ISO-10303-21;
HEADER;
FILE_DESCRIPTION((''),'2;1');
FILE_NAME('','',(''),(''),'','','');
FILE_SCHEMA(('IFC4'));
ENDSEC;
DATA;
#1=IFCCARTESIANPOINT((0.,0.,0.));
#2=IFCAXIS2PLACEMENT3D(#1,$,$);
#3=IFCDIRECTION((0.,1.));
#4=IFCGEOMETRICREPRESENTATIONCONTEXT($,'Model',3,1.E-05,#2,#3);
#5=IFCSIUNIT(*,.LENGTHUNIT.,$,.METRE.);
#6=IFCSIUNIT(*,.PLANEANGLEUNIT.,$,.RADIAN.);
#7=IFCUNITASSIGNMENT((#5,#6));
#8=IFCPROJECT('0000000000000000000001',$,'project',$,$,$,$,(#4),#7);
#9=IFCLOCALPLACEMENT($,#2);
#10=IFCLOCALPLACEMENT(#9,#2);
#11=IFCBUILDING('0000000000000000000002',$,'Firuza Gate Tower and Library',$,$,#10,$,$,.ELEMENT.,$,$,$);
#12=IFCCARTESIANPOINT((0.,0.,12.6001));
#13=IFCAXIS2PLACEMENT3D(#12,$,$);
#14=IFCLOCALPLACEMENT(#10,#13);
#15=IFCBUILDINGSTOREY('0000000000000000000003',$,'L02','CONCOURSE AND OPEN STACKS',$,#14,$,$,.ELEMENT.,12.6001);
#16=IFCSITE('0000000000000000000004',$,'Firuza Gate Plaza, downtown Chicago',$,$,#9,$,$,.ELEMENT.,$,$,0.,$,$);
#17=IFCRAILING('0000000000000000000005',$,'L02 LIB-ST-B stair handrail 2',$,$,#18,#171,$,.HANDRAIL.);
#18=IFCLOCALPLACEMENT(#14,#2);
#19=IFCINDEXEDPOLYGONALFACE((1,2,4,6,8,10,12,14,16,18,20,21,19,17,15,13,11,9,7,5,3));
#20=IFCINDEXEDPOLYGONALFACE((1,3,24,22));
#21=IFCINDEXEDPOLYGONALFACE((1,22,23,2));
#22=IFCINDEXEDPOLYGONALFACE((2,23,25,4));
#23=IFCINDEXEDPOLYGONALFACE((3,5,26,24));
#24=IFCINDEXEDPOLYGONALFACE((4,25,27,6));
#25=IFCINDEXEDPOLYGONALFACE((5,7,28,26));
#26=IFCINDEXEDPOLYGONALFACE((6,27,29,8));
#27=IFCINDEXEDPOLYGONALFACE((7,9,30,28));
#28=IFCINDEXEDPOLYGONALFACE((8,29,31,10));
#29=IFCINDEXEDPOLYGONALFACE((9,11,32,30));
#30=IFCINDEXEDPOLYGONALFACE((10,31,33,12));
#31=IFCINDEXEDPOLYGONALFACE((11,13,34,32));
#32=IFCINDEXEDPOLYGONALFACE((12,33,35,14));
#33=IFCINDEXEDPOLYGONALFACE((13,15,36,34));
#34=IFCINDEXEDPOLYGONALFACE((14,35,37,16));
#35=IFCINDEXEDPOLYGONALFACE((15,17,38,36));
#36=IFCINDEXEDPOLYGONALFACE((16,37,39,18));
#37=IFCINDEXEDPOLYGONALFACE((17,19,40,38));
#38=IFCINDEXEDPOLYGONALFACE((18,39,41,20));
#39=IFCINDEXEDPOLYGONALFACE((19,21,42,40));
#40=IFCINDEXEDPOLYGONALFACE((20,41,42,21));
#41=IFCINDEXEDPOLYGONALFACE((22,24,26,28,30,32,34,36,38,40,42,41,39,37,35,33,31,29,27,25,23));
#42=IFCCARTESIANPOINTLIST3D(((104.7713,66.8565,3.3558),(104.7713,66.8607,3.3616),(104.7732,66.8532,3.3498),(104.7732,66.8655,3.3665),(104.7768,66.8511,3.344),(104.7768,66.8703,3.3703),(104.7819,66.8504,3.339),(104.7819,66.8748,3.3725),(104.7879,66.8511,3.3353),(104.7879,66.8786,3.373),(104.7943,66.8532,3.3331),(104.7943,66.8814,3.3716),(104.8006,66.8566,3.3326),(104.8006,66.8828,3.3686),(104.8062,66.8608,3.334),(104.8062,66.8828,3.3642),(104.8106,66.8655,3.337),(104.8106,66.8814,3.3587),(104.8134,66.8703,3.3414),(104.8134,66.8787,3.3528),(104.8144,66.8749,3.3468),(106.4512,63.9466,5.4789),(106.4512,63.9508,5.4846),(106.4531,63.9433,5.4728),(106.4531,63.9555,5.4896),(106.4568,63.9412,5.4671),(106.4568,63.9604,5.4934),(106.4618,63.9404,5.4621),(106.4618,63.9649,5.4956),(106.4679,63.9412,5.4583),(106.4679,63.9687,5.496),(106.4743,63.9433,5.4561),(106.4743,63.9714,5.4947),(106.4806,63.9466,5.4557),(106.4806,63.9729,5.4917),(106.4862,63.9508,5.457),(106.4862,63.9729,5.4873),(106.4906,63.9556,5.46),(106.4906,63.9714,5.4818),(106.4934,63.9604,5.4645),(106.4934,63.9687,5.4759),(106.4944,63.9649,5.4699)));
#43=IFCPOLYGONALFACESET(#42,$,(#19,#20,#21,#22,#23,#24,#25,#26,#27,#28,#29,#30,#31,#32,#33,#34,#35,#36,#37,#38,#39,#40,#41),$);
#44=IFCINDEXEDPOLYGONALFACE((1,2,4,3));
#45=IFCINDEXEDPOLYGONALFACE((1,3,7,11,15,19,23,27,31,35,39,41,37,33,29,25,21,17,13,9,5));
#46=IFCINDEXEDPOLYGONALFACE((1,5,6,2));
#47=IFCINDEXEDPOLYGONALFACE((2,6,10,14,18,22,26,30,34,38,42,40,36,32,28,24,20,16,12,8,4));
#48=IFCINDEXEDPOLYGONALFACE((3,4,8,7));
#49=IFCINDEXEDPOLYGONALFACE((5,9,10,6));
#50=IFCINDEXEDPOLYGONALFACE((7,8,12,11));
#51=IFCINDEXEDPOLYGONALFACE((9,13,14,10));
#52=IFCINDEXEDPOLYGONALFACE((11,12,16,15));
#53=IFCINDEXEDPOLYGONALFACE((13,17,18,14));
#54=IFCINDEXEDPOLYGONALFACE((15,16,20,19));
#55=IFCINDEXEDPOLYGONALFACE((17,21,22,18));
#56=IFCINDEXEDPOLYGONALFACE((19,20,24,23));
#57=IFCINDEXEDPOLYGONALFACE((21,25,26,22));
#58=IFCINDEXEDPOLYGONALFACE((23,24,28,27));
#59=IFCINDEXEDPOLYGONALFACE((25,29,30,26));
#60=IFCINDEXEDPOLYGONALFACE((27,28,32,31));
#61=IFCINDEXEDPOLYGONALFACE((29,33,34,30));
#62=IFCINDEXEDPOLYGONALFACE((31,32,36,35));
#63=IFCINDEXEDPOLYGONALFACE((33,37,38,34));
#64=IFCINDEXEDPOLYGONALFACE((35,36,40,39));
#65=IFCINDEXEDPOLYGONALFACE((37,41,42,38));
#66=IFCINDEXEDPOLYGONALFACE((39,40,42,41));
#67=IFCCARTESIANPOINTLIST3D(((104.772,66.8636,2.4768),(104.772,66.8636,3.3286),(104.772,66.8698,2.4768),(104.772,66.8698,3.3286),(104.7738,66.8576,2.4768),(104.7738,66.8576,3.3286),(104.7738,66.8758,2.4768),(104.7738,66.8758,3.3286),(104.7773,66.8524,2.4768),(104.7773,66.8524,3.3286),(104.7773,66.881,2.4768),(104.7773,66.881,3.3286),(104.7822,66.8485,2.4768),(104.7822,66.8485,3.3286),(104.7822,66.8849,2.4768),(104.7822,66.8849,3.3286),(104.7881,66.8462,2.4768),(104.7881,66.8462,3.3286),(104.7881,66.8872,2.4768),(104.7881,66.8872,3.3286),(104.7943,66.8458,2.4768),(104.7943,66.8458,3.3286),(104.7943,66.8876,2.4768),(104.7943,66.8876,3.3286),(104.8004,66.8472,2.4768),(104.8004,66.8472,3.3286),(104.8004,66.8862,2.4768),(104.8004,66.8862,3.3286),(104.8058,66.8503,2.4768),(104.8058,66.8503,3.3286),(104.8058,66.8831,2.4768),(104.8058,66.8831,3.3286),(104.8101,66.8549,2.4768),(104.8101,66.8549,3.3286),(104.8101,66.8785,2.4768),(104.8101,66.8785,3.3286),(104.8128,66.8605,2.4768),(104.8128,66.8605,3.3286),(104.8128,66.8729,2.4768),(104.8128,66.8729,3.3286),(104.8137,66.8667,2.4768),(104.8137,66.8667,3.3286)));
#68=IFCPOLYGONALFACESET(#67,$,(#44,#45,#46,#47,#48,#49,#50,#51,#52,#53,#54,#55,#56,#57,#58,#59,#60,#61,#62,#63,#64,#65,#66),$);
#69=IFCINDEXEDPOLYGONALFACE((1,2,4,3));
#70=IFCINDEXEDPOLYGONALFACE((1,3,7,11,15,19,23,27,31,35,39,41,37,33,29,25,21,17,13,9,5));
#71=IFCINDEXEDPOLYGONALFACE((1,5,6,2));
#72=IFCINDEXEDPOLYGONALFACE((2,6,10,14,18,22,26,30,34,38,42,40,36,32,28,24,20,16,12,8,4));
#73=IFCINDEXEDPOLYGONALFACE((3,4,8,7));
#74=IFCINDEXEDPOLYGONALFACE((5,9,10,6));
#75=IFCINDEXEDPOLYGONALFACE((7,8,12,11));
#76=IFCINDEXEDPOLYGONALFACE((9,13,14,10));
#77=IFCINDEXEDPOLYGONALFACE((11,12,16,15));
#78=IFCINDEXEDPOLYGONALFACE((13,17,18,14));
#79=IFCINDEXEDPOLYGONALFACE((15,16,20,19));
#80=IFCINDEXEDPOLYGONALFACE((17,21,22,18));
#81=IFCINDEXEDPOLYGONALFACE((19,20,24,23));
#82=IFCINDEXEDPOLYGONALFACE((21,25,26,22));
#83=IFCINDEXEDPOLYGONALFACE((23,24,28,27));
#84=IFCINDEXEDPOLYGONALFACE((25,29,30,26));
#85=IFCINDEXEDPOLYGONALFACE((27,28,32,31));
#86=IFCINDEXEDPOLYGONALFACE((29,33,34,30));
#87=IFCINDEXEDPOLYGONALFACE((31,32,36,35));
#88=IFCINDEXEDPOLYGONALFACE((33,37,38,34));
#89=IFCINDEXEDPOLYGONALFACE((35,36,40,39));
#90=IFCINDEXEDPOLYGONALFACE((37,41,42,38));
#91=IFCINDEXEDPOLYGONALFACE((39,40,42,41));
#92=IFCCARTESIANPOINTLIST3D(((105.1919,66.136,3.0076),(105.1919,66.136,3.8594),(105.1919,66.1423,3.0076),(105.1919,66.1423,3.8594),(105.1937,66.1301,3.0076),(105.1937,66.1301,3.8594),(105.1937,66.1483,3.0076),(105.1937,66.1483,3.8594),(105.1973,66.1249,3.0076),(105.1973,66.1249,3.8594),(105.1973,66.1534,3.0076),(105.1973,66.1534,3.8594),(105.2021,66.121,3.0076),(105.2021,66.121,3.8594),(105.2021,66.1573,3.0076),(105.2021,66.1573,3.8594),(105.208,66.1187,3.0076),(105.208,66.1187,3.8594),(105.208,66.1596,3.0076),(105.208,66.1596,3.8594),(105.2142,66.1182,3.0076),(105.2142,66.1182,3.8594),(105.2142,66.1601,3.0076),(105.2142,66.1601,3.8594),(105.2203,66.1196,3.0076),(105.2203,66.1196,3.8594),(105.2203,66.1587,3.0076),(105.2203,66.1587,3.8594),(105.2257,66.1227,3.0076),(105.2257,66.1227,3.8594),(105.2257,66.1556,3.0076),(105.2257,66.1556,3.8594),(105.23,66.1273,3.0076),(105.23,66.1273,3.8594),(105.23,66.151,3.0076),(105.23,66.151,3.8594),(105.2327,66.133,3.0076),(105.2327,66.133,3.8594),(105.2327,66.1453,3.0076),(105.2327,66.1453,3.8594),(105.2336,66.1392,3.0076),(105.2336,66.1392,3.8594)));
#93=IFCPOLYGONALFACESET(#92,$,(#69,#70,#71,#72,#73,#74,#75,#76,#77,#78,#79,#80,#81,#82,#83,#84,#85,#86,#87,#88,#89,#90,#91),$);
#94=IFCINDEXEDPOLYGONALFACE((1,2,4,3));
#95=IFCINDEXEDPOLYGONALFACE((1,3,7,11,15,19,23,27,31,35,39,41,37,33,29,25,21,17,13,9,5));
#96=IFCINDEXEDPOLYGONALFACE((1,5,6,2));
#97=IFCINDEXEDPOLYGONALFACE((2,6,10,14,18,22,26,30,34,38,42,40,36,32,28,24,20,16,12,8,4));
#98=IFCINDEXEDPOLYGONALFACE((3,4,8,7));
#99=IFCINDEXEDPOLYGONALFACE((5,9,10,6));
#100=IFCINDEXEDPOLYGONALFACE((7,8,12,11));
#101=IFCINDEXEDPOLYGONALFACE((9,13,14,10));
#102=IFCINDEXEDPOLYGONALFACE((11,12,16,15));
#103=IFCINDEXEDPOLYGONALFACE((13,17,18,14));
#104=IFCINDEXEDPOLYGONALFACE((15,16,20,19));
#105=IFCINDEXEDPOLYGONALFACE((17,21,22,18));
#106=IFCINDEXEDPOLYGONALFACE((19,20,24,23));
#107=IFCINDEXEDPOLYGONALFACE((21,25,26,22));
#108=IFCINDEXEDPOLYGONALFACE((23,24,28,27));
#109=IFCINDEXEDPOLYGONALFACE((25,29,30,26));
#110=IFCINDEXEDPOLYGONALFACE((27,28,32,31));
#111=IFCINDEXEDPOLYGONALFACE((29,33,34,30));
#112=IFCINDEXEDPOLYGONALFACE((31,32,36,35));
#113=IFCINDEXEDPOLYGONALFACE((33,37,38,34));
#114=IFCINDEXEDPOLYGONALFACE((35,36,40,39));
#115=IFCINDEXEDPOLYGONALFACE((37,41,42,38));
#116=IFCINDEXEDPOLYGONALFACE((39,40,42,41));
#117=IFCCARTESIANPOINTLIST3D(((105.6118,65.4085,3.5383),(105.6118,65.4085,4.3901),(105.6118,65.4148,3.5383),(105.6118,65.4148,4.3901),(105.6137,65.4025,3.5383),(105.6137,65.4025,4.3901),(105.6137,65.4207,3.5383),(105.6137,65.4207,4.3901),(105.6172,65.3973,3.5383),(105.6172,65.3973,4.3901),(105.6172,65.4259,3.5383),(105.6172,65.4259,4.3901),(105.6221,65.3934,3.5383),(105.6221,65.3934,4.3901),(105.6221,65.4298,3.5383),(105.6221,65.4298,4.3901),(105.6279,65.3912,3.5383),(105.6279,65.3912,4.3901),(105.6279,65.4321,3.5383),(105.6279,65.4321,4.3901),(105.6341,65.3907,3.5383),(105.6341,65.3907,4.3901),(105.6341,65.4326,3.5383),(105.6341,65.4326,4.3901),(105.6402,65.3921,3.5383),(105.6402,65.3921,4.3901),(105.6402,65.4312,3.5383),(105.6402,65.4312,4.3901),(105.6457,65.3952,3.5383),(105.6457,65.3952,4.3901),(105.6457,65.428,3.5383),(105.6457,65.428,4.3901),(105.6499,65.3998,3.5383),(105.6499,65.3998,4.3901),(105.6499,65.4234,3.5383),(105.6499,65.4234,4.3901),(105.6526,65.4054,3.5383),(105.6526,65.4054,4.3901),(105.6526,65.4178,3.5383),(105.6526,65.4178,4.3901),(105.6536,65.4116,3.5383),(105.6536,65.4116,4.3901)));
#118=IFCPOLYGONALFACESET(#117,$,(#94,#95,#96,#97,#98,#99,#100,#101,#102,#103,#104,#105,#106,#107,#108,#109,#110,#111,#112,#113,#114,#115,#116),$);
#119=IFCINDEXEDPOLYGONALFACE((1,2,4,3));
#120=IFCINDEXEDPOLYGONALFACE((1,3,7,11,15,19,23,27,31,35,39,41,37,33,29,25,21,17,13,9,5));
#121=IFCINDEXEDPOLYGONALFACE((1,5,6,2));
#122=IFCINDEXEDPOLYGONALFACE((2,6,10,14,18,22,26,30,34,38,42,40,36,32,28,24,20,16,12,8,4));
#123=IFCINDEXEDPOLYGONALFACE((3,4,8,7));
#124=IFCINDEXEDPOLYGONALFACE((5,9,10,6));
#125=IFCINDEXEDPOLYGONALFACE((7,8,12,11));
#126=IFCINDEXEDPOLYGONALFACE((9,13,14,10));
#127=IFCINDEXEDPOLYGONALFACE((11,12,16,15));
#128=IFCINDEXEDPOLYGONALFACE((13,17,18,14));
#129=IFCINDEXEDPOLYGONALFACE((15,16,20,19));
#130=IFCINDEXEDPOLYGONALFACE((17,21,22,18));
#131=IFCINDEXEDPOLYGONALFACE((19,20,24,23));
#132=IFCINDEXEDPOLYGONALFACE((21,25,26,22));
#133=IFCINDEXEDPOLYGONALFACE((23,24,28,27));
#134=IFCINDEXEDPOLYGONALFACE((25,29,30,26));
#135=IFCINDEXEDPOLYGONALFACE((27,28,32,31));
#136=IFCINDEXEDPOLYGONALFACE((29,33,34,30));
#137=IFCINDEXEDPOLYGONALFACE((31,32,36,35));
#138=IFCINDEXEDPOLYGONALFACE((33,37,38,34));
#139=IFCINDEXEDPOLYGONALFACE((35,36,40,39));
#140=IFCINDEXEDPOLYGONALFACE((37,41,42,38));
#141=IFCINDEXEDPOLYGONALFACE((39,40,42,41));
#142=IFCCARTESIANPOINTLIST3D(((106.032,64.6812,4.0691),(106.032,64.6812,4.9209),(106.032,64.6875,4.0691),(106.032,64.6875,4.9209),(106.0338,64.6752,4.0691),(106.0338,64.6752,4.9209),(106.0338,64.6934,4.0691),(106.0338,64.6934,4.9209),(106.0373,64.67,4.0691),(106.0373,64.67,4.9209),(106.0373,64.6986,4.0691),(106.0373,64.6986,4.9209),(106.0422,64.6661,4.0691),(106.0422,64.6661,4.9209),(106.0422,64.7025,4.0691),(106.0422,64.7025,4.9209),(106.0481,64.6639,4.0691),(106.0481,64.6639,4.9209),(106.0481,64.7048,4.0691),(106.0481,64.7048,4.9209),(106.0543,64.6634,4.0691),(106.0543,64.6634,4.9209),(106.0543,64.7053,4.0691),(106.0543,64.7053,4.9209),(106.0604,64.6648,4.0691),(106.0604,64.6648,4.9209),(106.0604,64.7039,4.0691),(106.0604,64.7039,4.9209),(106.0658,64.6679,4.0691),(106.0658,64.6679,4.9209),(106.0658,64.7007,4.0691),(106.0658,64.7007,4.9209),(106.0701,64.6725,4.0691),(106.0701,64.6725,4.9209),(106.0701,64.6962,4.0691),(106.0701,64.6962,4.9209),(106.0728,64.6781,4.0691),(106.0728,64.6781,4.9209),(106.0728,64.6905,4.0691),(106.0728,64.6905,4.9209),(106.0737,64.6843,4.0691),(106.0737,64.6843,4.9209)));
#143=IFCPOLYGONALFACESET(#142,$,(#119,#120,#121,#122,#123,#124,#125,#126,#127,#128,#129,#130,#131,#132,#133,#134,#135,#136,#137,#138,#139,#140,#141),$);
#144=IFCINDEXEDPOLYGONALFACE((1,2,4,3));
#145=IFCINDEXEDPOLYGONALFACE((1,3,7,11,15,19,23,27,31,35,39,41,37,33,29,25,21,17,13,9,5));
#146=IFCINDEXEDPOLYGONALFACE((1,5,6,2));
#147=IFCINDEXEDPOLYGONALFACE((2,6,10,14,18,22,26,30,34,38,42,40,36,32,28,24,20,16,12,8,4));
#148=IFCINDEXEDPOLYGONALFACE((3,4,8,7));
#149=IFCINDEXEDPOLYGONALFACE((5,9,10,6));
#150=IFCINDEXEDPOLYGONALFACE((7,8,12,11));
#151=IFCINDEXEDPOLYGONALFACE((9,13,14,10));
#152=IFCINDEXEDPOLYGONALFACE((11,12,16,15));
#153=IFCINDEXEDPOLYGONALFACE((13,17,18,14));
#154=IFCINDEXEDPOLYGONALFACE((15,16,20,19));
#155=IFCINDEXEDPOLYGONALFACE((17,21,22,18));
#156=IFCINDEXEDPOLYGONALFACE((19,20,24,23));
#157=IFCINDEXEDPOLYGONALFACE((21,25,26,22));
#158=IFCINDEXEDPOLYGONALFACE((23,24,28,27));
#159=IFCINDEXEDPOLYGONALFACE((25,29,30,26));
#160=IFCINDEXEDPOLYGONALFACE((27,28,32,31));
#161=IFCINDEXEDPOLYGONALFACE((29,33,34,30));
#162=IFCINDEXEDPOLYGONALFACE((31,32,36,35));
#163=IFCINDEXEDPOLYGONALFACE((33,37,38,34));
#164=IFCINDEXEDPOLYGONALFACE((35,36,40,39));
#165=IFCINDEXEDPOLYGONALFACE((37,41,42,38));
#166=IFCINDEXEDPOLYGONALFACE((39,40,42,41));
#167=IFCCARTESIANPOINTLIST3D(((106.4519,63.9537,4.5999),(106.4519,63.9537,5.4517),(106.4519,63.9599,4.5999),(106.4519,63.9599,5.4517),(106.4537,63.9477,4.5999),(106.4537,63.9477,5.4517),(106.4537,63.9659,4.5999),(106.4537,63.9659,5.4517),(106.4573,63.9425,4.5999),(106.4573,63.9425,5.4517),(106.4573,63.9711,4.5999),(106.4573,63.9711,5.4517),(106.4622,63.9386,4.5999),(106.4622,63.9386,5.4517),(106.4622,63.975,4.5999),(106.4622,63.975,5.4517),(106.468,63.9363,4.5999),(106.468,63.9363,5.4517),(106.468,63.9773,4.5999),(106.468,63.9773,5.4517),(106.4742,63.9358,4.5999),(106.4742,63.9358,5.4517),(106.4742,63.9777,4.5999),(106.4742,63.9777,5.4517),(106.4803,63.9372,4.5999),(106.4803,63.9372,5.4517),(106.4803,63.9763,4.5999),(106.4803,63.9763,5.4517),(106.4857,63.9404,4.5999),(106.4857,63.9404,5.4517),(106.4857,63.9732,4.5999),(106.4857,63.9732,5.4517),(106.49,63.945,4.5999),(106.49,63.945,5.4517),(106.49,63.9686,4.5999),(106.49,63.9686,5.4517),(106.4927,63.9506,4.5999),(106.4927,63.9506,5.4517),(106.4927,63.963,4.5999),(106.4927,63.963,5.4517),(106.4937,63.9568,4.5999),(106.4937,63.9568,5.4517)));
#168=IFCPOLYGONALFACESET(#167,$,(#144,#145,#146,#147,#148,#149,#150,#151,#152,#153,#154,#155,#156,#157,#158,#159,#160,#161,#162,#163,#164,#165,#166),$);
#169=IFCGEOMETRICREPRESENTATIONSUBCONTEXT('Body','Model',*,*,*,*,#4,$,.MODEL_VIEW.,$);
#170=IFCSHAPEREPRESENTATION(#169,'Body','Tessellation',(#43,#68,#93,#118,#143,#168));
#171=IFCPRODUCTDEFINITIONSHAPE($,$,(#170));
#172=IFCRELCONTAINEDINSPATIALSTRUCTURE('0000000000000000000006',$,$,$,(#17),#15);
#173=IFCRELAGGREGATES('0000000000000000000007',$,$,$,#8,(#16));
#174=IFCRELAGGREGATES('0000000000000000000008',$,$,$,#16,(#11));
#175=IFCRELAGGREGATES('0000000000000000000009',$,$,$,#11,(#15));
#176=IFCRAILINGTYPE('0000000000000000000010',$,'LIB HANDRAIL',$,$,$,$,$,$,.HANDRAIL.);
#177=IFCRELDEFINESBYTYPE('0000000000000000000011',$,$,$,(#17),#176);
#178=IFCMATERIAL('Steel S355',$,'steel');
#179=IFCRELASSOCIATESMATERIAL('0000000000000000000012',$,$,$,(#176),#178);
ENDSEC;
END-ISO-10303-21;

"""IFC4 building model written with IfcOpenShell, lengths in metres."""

from ifc_helpers import new_model, si_unit, direction, frame, origin, origin_2d, place, context, subcontext, project, spatial, circle, extrude, material, type_object, element, save


model = new_model("IFC4")

# Units and contexts
model_context = context("Model", 3, precision=1e-05, world=origin(), true_north=direction((0.0, 1.0)))
body_context = subcontext(model_context, "Body", "Model", "MODEL_VIEW")
ifc_project = project(units=[si_unit("LENGTHUNIT", "METRE"), si_unit("PLANEANGLEUNIT", "RADIAN")], contexts=[model_context])

# Site, building, storey
site_placement = place(None, origin())
site = spatial("IfcSite", under=ifc_project, at=site_placement, Name="Firuza Gate Plaza, downtown Chicago", CompositionType="ELEMENT", RefElevation=0.0)
building_placement = place(site_placement, origin())
building = spatial("IfcBuilding", under=site, at=building_placement, Name="Firuza Gate Tower and Library", CompositionType="ELEMENT")
storey_placement = place(building_placement, frame((0.0, 0.0, 12.6001)))
storey = spatial("IfcBuildingStorey", under=building, at=storey_placement, Name="L02", Description="CONCOURSE AND OPEN STACKS", CompositionType="ELEMENT", Elevation=12.6001)

# Railing
ifc_material_1 = material(Name="Steel S355", Category="steel")
railing_type_1 = type_object("IfcRailingType", Name="LIB HANDRAIL", PredefinedType="HANDRAIL", material=ifc_material_1)
railing_1_placement = place(storey_placement, frame((104.7927, 66.8667, 2.4768)))
element("IfcRailing", 1, at=railing_1_placement, inside=storey, type_object=railing_type_1, Name="L02 LIB-ST-B stair handrail 2", PredefinedType="HANDRAIL", context=body_context, shape_type="SweptSolid", body=[
    extrude(circle(Radius=0.0239, at=origin_2d()), frame((0.0, 0.0, 0.876), z_axis=(0.422672, -0.732135, 0.53416), x_axis=(0.866039, 0.499976, 0.0)), (0.0, 0.0, 1.0), 3.9746),
    extrude(circle(Radius=0.021, at=origin_2d()), origin(), (0.0, 0.0, 1.0), 0.8518),
    extrude(circle(Radius=0.021, at=origin_2d()), frame((0.4199, -0.7275, 0.5308)), (0.0, 0.0, 1.0), 0.8518),
    extrude(circle(Radius=0.021, at=origin_2d()), frame((0.8398, -1.4551, 1.0615)), (0.0, 0.0, 1.0), 0.8518),
    extrude(circle(Radius=0.021, at=origin_2d()), frame((1.26, -2.1824, 1.5923)), (0.0, 0.0, 1.0), 0.8518),
    extrude(circle(Radius=0.021, at=origin_2d()), frame((1.6799, -2.9099, 2.123)), (0.0, 0.0, 1.0), 0.8518),
])

save(model, "model.ifc")
